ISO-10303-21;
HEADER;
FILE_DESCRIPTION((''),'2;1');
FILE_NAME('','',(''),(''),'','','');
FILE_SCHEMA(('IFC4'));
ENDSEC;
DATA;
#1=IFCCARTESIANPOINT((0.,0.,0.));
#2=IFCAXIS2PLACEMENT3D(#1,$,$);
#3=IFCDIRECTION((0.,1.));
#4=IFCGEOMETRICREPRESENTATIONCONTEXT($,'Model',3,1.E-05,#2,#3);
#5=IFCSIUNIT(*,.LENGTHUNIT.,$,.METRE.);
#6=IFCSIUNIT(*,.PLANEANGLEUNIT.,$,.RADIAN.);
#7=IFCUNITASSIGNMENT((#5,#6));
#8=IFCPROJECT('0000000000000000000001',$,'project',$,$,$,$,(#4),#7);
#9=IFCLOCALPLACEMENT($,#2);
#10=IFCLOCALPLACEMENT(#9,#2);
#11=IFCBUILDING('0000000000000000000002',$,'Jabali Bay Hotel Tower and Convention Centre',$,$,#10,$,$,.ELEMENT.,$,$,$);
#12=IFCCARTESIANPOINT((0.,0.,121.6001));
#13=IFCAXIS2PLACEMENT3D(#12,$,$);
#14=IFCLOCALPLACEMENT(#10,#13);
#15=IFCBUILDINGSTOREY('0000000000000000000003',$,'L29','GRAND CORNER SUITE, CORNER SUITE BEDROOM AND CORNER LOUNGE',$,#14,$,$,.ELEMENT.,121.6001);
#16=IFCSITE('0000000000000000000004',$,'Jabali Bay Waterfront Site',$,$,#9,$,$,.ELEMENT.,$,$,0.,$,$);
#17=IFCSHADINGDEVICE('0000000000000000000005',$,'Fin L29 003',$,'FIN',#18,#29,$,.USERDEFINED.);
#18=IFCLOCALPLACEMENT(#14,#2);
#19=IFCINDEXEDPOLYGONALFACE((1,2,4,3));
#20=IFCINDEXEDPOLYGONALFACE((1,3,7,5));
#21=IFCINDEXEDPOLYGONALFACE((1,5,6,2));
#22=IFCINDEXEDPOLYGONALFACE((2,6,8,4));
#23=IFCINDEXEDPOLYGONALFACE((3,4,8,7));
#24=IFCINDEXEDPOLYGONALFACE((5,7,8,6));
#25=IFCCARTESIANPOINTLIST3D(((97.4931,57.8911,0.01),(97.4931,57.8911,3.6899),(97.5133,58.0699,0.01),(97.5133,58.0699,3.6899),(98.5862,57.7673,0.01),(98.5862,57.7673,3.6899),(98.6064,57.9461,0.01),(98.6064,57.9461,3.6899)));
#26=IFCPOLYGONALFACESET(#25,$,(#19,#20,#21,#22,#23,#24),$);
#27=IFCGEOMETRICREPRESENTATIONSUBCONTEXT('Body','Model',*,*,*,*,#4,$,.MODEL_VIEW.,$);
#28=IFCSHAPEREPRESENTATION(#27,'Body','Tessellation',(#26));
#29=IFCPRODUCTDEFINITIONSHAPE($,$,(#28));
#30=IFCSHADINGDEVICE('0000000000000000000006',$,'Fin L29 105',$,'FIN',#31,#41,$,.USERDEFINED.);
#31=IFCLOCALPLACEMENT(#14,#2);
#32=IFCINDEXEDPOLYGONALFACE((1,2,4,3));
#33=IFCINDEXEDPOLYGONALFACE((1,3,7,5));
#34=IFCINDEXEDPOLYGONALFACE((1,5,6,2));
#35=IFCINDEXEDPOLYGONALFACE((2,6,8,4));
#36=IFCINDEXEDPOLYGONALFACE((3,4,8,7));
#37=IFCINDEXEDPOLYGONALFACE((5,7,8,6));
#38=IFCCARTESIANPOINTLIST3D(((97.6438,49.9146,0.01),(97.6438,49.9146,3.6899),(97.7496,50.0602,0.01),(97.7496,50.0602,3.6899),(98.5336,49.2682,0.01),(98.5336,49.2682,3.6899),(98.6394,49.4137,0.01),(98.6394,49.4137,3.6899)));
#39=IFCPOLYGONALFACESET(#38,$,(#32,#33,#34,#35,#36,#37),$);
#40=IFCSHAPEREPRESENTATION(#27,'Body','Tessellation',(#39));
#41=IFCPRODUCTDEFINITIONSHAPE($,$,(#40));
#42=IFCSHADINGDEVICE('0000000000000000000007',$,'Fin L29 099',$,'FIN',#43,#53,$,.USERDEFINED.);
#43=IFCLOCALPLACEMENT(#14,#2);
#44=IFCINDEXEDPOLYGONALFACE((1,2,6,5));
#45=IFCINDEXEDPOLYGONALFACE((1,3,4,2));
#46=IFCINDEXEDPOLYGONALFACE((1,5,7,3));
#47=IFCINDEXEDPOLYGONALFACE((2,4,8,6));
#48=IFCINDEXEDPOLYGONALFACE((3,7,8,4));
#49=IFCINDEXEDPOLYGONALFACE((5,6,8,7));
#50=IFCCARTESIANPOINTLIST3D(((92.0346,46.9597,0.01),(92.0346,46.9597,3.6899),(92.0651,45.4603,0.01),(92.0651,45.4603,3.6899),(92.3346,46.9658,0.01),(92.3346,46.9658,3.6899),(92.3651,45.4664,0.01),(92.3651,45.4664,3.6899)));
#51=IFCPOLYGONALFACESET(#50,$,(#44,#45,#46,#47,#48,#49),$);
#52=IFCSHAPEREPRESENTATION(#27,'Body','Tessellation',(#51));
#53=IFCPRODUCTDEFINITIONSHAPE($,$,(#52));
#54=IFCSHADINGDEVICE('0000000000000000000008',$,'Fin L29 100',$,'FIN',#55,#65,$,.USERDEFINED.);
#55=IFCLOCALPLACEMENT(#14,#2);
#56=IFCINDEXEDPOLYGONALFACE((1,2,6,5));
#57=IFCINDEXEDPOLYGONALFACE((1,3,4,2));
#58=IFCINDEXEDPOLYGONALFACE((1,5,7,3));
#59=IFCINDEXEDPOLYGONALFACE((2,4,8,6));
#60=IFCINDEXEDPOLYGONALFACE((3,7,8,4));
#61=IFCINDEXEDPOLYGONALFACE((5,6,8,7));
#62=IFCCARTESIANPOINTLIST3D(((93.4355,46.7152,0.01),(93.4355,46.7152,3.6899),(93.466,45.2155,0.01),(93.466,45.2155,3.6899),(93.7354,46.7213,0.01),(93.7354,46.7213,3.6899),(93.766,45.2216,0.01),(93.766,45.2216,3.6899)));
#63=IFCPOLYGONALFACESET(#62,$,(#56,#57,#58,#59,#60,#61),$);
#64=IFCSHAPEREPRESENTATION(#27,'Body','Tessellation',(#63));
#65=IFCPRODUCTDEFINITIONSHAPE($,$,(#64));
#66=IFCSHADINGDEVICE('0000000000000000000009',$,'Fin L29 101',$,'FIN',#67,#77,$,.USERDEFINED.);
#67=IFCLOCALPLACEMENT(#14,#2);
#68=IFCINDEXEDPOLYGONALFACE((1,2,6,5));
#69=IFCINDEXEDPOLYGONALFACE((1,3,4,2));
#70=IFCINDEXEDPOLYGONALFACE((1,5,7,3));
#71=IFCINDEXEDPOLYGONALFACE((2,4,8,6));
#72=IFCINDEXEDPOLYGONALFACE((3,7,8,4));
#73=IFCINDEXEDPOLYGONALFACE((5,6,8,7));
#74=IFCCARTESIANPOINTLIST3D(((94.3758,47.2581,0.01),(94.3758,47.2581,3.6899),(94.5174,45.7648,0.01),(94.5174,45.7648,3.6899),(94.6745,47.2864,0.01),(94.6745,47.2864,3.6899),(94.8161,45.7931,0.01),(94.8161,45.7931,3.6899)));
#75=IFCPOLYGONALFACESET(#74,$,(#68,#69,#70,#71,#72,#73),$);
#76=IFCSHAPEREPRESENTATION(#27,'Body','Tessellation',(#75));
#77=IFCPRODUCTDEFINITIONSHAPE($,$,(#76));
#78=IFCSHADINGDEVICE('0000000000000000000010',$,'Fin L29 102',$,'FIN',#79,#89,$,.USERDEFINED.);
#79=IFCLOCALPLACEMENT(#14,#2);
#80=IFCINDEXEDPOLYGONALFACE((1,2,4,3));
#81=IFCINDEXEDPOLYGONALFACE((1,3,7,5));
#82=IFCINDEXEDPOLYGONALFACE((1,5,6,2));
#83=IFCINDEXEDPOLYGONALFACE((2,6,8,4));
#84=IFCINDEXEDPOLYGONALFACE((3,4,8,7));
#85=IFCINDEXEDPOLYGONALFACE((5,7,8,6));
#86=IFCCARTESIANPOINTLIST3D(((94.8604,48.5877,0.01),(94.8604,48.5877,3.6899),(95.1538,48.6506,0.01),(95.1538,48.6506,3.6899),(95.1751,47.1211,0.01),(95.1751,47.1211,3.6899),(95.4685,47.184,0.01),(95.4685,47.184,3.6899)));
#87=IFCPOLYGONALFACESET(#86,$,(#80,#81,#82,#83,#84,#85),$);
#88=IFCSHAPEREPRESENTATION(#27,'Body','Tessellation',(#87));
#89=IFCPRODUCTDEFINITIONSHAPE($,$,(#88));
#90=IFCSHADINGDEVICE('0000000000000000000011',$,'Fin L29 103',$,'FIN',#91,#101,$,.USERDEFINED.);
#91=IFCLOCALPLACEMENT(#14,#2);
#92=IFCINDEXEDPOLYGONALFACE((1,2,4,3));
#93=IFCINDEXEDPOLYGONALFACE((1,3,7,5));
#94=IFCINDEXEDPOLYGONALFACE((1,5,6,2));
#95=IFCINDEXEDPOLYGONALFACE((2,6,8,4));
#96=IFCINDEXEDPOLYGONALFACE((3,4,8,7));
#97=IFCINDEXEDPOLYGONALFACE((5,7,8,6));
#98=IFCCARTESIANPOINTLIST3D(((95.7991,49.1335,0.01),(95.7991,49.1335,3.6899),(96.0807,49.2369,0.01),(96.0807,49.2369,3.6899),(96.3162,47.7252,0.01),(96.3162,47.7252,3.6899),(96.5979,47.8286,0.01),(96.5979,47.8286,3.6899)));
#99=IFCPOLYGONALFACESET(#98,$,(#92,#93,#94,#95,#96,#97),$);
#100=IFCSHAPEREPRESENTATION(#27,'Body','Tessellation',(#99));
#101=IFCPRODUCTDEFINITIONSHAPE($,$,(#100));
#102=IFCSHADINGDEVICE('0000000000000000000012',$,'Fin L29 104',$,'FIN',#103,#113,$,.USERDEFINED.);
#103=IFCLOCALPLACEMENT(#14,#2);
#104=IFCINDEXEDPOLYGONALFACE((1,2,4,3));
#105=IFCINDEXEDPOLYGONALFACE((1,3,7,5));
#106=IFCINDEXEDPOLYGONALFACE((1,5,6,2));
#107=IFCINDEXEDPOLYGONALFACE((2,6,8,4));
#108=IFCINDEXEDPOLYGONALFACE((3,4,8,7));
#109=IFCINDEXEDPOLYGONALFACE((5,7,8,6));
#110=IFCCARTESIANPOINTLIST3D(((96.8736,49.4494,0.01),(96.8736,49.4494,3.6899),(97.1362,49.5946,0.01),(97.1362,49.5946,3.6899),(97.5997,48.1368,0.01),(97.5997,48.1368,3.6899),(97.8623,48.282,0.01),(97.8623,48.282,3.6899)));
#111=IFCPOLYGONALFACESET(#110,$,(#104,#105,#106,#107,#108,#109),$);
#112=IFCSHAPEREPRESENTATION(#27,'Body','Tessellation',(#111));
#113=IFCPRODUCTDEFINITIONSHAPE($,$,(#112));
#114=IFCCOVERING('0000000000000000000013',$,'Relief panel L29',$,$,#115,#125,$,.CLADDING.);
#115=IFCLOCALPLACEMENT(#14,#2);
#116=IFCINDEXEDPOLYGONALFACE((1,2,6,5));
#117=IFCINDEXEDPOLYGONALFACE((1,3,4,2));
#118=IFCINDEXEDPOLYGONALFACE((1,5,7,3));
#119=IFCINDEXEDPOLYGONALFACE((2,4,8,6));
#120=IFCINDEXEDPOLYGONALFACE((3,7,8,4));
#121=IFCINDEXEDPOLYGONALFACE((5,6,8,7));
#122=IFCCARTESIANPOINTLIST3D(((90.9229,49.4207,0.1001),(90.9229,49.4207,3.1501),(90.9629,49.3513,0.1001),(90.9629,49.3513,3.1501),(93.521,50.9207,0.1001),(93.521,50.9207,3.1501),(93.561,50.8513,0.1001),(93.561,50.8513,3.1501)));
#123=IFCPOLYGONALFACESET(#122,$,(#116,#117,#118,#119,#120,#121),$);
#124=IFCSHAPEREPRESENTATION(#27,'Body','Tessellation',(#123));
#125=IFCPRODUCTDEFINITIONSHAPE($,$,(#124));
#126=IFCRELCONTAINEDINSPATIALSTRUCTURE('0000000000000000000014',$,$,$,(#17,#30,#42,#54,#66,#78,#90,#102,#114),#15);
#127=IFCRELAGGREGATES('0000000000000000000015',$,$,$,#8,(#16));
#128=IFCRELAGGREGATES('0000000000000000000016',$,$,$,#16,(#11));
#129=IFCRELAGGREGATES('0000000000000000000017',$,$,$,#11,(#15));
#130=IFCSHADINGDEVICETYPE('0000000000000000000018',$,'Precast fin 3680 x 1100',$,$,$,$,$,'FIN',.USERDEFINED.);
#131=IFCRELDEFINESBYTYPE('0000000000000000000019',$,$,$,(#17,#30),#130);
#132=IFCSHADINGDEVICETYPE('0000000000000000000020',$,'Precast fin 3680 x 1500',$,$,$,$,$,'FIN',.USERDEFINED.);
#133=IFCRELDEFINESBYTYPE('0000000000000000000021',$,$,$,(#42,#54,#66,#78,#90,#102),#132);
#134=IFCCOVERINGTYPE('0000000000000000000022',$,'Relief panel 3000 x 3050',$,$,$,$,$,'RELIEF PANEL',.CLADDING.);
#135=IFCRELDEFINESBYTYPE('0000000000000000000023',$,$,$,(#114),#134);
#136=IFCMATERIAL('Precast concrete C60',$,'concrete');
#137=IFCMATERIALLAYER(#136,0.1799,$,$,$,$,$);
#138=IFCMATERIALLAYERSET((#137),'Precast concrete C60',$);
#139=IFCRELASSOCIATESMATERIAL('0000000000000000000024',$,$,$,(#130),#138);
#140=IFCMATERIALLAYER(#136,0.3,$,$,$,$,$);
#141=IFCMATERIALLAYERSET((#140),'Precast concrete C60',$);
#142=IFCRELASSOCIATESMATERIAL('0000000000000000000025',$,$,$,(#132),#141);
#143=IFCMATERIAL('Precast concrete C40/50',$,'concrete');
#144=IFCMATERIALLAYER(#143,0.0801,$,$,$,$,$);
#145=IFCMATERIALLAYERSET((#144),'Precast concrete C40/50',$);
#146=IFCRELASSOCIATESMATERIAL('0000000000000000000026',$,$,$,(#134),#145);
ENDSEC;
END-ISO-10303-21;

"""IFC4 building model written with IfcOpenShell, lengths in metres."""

from ifc_helpers import new_model, si_unit, direction, frame, frame_2d, origin, origin_2d, place, context, subcontext, project, spatial, rectangle, extrude, material, layer, layer_set, type_object, element, save


model = new_model("IFC4")

# Units and contexts
model_context = context("Model", 3, precision=1e-05, world=origin(), true_north=direction((0.0, 1.0)))
body_context = subcontext(model_context, "Body", "Model", "MODEL_VIEW")
ifc_project = project(units=[si_unit("LENGTHUNIT", "METRE"), si_unit("PLANEANGLEUNIT", "RADIAN")], contexts=[model_context])

# Site, building, storey
site_placement = place(None, origin())
site = spatial("IfcSite", under=ifc_project, at=site_placement, Name="Jabali Bay Waterfront Site", CompositionType="ELEMENT", RefElevation=0.0)
building_placement = place(site_placement, origin())
building = spatial("IfcBuilding", under=site, at=building_placement, Name="Jabali Bay Hotel Tower and Convention Centre", CompositionType="ELEMENT")
storey_placement = place(building_placement, frame((0.0, 0.0, 121.6001)))
storey = spatial("IfcBuildingStorey", under=building, at=storey_placement, Name="L29", Description="GRAND CORNER SUITE, CORNER SUITE BEDROOM AND CORNER LOUNGE", CompositionType="ELEMENT", Elevation=121.6001)

# Shading devices
ifc_material_1 = material(Name="Precast concrete C60", Category="concrete")
ifc_layer_1 = layer(ifc_material_1, 0.1799)
ifc_layer_set_1 = layer_set([ifc_layer_1], Name="Precast concrete C60")
shading_device_type_1 = type_object("IfcShadingDeviceType", Name="Precast fin 3680 x 1100", ElementType="FIN", PredefinedType="USERDEFINED", material=ifc_layer_set_1)
shading_device_1_placement = place(storey_placement, frame((97.5032, 57.9805, 0.01), z_axis=(0.0, 0.0, 1.0), x_axis=(0.993649, -0.112526, 0.0)))
element("IfcShadingDevice", 1, at=shading_device_1_placement, inside=storey, type_object=shading_device_type_1, Name="Fin L29 003", ObjectType="FIN", PredefinedType="USERDEFINED", context=body_context, shape_type="SweptSolid", body=[
    extrude(rectangle(XDim=1.1001, YDim=0.1799, at=frame_2d((0.55, 0.0))), origin(), (0.0, 0.0, 1.0), 3.6799),
])
shading_device_2_placement = place(storey_placement, frame((97.6968, 49.9873, 0.01), z_axis=(0.0, 0.0, 1.0), x_axis=(0.809043, -0.587749, 0.0)))
element("IfcShadingDevice", 2, at=shading_device_2_placement, inside=storey, type_object=shading_device_type_1, Name="Fin L29 105", ObjectType="FIN", PredefinedType="USERDEFINED", context=body_context, shape_type="SweptSolid", body=[
    extrude(rectangle(XDim=1.0999, YDim=0.1799, at=frame_2d((0.5498, 0.0))), origin(), (0.0, 0.0, 1.0), 3.6799),
])
ifc_layer_2 = layer(ifc_material_1, 0.3)
ifc_layer_set_2 = layer_set([ifc_layer_2], Name="Precast concrete C60")
shading_device_type_2 = type_object("IfcShadingDeviceType", Name="Precast fin 3680 x 1500", ElementType="FIN", PredefinedType="USERDEFINED", material=ifc_layer_set_2)
shading_device_3_placement = place(storey_placement, frame((92.1846, 46.9629, 0.01), z_axis=(0.0, 0.0, 1.0), x_axis=(0.020347, -0.999793, 0.0)))
element("IfcShadingDevice", 3, at=shading_device_3_placement, inside=storey, type_object=shading_device_type_2, Name="Fin L29 099", ObjectType="FIN", PredefinedType="USERDEFINED", context=body_context, shape_type="SweptSolid", body=[
    extrude(rectangle(XDim=1.4998, YDim=0.3, at=frame_2d((0.75, 0.0))), origin(), (0.0, 0.0, 1.0), 3.6799),
])
for number, where, z_axis, x_axis, name in (
    (4, (93.5854, 46.7183, 0.01), (0.0, 0.0, 1.0), (0.020344, -0.999793, 0.0), "Fin L29 100"),
    (5, (94.5251, 47.2722, 0.01), (0.0, 0.0, 1.0), (0.094394, -0.995535, 0.0), "Fin L29 101"),
    (6, (95.0071, 48.6191, 0.01), (0.0, 0.0, 1.0), (0.209807, -0.977743, 0.0), "Fin L29 102"),
):
    element("IfcShadingDevice", number, at=place(storey_placement, frame(where, z_axis=z_axis, x_axis=x_axis)), inside=storey, type_object=shading_device_type_2, Name=name, ObjectType="FIN", PredefinedType="USERDEFINED", context=body_context, shape_type="SweptSolid", body=[
        extrude(rectangle(XDim=1.5, YDim=0.3, at=frame_2d((0.75, 0.0))), origin(), (0.0, 0.0, 1.0), 3.6799),
    ])
shading_device_4_placement = place(storey_placement, frame((95.9399, 49.1851, 0.01), z_axis=(0.0, 0.0, 1.0), x_axis=(0.344695, -0.938715, 0.0)))
element("IfcShadingDevice", 7, at=shading_device_4_placement, inside=storey, type_object=shading_device_type_2, Name="Fin L29 103", ObjectType="FIN", PredefinedType="USERDEFINED", context=body_context, shape_type="SweptSolid", body=[
    extrude(rectangle(XDim=1.5002, YDim=0.3, at=frame_2d((0.75, 0.0))), origin(), (0.0, 0.0, 1.0), 3.6799),
])
shading_device_5_placement = place(storey_placement, frame((97.0049, 49.522, 0.01), z_axis=(0.0, 0.0, 1.0), x_axis=(0.484067, -0.875031, 0.0)))
element("IfcShadingDevice", 8, at=shading_device_5_placement, inside=storey, type_object=shading_device_type_2, Name="Fin L29 104", ObjectType="FIN", PredefinedType="USERDEFINED", context=body_context, shape_type="SweptSolid", body=[
    extrude(rectangle(XDim=1.5, YDim=0.3, at=frame_2d((0.75, 0.0))), origin(), (0.0, 0.0, 1.0), 3.6799),
])

# Covering
ifc_material_2 = material(Name="Precast concrete C40/50", Category="concrete")
ifc_layer_3 = layer(ifc_material_2, 0.0801)
ifc_layer_set_3 = layer_set([ifc_layer_3], Name="Precast concrete C40/50")
covering_type = type_object("IfcCoveringType", Name="Relief panel 3000 x 3050", ElementType="RELIEF PANEL", PredefinedType="CLADDING", material=ifc_layer_set_3)
covering_placement = place(storey_placement, frame((92.2419, 50.136, 0.1001), z_axis=(0.0, 0.0, 1.0), x_axis=(-0.866025, -0.5, 0.0)))
element("IfcCovering", 9, at=covering_placement, inside=storey, type_object=covering_type, Name="Relief panel L29", PredefinedType="CLADDING", context=body_context, shape_type="SweptSolid", body=[
    extrude(rectangle(XDim=3.0, YDim=0.0801, at=origin_2d()), origin(), (0.0, 0.0, 1.0), 3.05),
])

save(model, "model.ifc")
